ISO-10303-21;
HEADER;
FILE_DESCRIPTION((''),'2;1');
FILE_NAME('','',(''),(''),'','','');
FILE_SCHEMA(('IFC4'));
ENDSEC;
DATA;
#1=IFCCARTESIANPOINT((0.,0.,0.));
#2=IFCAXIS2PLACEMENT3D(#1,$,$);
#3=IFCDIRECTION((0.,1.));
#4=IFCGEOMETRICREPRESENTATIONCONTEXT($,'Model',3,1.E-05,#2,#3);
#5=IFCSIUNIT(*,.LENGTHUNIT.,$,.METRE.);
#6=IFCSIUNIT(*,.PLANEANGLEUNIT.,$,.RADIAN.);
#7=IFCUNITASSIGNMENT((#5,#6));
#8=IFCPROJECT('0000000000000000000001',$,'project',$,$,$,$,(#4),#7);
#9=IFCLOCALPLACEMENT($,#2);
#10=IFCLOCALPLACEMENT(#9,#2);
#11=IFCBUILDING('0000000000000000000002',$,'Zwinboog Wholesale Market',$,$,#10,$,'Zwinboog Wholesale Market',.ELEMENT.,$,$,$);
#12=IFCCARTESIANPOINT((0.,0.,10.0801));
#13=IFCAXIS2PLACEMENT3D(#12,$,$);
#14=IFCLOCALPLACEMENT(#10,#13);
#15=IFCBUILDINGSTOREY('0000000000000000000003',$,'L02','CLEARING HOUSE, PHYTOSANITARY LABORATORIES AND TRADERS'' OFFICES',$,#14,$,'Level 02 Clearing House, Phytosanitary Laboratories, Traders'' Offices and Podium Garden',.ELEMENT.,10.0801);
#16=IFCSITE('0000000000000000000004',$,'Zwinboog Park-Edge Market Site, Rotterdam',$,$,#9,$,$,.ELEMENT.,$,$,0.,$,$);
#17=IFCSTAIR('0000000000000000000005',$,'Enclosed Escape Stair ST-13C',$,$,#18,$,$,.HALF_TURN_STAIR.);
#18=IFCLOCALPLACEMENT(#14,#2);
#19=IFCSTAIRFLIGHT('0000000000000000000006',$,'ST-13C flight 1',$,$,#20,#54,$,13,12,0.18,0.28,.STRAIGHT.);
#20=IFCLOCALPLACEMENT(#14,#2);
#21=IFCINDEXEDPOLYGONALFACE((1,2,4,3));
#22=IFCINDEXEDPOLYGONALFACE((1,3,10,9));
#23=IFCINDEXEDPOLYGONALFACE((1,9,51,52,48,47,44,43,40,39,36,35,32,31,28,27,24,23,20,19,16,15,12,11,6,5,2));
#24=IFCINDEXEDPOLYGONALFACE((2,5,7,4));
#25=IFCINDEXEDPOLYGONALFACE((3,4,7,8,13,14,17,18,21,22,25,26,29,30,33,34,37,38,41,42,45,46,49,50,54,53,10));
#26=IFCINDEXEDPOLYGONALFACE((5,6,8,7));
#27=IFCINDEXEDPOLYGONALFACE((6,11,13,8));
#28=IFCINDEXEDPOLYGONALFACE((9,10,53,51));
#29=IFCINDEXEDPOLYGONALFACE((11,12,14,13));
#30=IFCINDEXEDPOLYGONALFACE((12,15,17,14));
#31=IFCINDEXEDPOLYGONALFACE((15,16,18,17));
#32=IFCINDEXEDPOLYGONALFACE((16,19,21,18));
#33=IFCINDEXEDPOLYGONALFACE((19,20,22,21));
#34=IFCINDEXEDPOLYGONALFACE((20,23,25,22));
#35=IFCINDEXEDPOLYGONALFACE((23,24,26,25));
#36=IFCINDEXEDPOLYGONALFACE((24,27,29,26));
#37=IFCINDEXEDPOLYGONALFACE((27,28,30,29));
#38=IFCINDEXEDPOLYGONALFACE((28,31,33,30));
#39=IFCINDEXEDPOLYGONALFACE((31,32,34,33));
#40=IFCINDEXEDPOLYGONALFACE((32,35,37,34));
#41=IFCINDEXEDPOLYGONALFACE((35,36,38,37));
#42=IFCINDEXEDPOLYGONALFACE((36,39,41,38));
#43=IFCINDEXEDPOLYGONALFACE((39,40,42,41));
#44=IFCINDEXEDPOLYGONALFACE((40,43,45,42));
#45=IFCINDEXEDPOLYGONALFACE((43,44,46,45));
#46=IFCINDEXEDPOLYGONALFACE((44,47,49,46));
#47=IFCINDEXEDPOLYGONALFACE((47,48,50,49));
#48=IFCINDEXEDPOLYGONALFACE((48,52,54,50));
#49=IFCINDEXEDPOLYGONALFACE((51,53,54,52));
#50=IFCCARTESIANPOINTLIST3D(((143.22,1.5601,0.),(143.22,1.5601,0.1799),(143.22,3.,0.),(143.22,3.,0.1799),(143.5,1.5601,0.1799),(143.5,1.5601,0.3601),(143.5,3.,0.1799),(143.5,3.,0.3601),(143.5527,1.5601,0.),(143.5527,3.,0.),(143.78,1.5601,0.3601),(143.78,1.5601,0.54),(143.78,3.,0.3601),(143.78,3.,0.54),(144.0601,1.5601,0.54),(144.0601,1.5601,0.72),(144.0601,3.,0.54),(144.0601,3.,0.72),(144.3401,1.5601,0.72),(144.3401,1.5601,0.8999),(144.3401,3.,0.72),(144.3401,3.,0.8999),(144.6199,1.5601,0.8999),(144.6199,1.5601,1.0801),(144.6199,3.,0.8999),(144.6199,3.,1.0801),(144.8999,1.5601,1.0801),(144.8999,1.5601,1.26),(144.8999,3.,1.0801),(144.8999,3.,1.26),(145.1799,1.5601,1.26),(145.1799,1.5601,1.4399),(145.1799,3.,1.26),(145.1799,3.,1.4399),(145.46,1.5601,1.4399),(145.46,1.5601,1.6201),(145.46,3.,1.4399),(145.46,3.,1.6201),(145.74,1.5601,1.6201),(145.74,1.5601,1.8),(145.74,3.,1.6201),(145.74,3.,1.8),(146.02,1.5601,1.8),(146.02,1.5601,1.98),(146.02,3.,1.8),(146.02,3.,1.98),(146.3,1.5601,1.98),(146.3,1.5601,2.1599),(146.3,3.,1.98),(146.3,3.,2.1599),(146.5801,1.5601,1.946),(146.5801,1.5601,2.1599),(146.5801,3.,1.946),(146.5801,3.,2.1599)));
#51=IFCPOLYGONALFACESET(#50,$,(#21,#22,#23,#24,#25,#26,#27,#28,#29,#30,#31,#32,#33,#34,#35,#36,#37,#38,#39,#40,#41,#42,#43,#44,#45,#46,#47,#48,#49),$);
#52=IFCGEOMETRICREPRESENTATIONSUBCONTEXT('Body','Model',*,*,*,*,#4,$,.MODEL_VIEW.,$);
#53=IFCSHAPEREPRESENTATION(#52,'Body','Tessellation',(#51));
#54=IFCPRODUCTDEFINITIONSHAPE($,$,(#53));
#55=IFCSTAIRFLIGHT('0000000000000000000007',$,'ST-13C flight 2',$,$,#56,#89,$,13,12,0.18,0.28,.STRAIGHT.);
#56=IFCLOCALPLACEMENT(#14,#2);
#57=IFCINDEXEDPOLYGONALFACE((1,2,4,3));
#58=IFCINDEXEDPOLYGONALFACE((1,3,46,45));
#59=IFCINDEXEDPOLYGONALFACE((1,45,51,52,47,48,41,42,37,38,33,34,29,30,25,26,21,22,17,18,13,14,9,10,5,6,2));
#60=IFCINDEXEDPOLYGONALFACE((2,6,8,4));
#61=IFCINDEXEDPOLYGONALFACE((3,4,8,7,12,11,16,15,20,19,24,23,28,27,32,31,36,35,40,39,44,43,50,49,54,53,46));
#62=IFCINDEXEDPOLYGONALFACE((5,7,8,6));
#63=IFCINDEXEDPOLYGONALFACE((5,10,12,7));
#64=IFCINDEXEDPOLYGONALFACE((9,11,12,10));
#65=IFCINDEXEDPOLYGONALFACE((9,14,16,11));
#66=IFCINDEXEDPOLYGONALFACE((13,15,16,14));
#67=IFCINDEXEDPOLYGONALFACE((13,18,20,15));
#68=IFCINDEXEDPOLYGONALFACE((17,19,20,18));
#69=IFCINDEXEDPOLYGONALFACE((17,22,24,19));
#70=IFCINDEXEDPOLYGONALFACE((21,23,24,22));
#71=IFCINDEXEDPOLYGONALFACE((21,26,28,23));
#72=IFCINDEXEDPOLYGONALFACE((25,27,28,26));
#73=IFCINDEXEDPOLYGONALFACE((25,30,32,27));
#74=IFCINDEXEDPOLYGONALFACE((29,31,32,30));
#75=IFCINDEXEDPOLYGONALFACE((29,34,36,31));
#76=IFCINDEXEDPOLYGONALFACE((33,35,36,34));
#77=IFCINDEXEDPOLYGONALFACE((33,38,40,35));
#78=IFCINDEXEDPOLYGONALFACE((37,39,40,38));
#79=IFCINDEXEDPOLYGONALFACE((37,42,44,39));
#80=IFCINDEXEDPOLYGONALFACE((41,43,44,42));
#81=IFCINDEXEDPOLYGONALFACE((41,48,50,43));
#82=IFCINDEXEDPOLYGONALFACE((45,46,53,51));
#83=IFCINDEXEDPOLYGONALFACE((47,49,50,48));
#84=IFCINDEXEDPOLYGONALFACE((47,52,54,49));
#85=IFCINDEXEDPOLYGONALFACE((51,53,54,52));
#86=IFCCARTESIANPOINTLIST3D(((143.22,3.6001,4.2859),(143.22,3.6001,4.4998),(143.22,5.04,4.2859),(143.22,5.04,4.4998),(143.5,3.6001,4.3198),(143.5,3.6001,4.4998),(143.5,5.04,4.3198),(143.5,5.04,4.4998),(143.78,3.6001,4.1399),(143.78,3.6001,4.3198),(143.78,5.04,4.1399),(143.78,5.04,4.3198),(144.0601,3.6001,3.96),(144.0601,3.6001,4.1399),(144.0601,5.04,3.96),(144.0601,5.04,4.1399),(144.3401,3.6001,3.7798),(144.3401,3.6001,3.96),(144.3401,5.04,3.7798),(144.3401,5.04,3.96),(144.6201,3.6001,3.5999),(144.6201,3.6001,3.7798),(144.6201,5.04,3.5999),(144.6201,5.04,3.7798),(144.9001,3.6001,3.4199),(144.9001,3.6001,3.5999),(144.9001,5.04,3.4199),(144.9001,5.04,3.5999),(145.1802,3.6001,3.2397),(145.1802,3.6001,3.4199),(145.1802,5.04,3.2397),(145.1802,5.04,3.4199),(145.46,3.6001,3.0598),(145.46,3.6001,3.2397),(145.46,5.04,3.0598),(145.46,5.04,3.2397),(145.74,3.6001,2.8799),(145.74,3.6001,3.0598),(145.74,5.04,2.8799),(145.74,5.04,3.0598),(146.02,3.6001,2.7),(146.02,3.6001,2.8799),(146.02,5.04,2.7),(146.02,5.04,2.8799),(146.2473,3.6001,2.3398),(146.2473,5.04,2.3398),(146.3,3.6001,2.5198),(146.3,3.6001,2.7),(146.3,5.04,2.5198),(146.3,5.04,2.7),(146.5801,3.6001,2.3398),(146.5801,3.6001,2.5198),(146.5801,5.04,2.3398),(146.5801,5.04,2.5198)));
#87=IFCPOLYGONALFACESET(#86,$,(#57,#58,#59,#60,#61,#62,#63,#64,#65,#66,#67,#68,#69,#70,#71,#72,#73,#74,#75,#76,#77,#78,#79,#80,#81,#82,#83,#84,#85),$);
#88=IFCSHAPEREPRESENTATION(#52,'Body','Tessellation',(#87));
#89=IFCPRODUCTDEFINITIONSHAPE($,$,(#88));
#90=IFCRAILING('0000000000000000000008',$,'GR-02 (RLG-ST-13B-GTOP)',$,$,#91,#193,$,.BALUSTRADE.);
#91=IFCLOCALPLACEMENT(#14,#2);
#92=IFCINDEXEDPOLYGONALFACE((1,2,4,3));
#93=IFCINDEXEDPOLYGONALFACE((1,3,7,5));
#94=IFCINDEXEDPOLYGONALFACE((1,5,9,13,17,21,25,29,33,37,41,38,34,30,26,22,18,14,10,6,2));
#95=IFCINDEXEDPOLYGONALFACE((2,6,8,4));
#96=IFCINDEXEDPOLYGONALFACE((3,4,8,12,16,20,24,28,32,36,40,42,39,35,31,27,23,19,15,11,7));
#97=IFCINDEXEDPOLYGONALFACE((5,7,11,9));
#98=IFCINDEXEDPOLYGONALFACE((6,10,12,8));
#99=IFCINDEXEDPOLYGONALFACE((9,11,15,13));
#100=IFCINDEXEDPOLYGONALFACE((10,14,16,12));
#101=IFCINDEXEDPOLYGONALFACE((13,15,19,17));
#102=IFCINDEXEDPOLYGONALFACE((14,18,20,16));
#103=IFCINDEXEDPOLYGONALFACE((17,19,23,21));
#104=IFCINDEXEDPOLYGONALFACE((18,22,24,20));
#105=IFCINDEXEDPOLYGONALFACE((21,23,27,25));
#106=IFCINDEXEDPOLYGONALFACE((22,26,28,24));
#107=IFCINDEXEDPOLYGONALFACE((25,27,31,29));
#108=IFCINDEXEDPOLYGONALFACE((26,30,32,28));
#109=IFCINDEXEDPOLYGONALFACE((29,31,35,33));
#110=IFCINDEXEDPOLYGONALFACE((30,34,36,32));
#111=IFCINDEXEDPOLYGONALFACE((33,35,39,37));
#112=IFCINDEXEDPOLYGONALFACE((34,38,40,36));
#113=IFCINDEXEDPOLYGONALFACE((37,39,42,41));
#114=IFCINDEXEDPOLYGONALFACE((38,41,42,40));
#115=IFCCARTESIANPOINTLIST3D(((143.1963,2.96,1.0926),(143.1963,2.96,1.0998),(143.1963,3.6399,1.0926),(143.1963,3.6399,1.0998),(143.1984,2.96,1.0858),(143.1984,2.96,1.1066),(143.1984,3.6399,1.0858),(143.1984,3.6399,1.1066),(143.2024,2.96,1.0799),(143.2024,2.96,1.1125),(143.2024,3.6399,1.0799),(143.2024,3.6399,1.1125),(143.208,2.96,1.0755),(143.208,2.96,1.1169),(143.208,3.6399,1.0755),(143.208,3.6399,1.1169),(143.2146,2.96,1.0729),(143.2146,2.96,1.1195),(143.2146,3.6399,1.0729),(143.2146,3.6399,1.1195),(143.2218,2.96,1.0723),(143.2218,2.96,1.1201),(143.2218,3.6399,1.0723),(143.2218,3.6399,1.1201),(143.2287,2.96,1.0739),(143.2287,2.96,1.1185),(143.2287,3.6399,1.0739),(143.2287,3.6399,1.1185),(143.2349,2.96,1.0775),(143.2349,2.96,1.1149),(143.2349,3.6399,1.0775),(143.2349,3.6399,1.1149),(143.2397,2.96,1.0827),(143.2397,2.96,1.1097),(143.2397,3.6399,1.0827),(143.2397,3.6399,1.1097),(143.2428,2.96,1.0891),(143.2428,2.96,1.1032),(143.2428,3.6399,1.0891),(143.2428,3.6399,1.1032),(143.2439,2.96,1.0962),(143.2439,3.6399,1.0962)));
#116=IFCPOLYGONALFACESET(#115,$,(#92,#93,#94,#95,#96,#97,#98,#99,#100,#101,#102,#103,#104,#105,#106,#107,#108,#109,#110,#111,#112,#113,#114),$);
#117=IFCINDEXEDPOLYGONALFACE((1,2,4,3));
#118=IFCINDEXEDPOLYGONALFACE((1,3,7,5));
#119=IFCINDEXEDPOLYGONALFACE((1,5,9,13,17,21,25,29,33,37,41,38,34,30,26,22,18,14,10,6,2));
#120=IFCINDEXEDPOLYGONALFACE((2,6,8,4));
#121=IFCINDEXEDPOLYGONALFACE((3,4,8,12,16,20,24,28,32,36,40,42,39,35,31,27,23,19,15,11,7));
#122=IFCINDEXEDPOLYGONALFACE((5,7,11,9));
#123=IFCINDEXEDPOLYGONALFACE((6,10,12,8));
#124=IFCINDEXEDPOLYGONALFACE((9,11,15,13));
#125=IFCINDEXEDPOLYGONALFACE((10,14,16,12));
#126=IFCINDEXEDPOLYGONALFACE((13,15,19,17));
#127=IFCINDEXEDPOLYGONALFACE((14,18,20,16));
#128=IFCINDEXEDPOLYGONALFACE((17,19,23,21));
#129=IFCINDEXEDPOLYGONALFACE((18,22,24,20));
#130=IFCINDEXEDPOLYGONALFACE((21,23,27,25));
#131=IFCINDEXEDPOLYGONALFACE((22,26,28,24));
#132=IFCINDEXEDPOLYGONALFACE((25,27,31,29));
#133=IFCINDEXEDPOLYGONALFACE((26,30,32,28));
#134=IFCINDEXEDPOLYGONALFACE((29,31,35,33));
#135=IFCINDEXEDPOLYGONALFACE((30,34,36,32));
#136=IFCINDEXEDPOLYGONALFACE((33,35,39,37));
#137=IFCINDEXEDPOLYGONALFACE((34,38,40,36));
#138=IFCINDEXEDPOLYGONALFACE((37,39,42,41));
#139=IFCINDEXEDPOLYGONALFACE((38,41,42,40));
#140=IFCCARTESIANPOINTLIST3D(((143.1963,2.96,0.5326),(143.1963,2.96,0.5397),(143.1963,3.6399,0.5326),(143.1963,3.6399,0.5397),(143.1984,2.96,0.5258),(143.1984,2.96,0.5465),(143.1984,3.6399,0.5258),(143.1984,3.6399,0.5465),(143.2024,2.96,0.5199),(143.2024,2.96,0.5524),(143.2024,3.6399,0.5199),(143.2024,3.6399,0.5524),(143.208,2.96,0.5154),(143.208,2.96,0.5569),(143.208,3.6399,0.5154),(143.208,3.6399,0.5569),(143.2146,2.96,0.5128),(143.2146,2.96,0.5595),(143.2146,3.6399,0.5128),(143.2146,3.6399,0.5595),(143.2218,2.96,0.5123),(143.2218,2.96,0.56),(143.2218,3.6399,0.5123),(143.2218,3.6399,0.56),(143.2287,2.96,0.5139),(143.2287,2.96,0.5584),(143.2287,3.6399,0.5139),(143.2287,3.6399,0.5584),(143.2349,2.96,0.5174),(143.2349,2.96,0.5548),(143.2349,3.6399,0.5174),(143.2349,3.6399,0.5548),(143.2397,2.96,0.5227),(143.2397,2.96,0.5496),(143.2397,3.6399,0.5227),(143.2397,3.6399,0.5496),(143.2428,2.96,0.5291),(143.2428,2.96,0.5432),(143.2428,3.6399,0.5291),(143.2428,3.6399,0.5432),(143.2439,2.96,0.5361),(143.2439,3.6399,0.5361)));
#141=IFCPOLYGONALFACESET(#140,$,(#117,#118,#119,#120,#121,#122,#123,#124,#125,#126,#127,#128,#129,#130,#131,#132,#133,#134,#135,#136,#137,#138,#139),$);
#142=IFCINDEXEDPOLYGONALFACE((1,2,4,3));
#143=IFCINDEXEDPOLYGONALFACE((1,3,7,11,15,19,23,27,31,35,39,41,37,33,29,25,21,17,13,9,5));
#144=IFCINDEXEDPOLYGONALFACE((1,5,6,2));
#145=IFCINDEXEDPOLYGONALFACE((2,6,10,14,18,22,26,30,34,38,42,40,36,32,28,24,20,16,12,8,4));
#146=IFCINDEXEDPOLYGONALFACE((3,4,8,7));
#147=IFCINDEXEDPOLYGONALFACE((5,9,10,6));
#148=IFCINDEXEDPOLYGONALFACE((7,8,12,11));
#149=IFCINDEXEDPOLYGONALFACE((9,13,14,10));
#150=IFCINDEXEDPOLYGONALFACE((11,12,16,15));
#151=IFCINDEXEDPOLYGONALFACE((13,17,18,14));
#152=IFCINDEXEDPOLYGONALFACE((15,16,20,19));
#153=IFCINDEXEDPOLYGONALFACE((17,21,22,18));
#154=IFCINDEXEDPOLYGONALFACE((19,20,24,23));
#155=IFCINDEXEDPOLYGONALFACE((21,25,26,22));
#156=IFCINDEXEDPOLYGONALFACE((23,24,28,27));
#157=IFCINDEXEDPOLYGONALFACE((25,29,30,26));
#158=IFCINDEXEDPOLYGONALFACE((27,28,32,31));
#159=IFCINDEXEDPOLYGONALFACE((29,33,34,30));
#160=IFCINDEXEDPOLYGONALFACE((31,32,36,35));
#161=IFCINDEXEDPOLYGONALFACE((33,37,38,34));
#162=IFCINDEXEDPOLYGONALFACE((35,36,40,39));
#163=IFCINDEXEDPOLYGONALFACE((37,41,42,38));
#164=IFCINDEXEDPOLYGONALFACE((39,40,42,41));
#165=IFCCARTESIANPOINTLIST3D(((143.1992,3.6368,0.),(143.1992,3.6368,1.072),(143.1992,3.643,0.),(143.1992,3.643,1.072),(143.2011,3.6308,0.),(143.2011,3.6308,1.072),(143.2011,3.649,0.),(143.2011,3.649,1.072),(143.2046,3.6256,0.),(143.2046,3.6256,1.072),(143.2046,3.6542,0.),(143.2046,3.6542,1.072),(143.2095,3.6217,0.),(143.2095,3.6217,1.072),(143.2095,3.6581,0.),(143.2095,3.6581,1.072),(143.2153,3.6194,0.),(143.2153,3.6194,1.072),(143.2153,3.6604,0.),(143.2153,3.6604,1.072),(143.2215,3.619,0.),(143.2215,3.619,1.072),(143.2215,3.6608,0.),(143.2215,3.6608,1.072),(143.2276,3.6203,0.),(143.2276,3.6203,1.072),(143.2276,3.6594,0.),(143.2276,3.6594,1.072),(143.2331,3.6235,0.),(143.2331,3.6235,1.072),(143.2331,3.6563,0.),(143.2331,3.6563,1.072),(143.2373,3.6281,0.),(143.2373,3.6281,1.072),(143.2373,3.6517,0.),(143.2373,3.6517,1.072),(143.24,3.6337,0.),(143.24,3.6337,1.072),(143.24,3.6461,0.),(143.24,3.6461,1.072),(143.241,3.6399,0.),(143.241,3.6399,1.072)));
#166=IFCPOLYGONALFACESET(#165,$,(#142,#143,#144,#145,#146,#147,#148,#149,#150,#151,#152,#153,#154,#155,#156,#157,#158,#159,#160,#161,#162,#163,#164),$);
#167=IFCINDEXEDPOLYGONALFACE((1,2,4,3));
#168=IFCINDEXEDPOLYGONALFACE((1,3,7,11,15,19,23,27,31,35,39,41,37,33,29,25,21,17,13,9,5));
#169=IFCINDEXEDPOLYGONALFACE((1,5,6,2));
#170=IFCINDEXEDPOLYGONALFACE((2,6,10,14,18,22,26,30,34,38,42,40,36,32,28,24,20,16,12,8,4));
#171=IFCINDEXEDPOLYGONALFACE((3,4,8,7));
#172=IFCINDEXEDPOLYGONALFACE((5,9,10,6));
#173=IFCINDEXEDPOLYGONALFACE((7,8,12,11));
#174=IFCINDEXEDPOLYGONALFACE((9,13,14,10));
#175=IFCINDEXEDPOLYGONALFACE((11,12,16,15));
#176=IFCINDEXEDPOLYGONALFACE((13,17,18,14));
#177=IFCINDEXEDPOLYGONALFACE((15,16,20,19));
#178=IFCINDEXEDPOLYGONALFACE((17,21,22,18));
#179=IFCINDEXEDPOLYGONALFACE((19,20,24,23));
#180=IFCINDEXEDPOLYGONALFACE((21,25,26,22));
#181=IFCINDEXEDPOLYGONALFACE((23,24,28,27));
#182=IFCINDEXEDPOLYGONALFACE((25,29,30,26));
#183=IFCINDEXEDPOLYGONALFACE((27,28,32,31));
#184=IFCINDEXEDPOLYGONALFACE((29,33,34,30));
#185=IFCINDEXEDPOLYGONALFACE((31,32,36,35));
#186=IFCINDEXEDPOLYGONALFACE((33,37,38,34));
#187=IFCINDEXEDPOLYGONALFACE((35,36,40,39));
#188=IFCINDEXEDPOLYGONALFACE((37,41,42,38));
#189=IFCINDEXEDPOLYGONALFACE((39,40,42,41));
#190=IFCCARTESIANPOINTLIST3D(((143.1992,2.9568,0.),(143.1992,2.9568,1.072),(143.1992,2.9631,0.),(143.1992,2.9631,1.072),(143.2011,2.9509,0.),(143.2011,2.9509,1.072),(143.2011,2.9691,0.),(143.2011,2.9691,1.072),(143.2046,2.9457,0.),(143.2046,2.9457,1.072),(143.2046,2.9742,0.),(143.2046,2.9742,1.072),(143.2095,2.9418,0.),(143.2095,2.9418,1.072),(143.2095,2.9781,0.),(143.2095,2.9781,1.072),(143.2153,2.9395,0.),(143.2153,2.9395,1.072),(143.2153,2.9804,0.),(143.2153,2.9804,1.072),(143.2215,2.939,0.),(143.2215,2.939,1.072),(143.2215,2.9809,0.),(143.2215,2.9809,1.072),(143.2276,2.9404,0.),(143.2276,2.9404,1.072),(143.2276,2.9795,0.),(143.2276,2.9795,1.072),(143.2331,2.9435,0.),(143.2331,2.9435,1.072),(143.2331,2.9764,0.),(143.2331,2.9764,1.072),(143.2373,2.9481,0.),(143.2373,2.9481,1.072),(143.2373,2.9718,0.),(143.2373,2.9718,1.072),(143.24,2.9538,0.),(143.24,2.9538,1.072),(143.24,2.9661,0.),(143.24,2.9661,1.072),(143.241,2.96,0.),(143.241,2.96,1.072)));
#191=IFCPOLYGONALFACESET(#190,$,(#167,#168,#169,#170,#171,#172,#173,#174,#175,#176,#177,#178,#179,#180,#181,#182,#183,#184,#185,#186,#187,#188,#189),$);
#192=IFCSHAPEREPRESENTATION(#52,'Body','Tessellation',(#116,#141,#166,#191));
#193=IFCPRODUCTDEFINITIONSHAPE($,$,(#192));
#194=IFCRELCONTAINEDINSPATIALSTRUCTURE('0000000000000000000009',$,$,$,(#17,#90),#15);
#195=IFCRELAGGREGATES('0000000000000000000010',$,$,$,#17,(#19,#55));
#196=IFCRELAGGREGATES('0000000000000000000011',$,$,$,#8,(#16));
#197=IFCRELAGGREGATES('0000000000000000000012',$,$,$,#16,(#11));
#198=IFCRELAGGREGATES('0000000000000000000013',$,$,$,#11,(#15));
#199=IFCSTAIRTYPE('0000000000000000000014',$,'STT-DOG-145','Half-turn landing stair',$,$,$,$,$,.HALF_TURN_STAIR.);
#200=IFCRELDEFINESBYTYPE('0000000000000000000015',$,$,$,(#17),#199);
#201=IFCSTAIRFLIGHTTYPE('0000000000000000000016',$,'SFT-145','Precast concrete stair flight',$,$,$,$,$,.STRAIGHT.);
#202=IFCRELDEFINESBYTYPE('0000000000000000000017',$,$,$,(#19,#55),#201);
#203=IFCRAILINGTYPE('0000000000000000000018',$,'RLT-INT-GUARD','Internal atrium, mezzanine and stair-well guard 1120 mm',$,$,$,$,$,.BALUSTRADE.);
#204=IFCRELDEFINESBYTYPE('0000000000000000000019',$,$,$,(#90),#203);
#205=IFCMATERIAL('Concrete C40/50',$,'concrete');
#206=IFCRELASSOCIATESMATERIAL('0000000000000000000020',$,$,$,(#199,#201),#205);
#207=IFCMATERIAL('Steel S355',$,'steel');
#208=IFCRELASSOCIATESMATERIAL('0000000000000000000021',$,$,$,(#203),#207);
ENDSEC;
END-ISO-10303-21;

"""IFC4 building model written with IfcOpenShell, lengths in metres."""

from ifc_helpers import new_model, si_unit, direction, frame, origin, origin_2d, place, context, subcontext, project, spatial, polyline, circle, outline, extrude, material, type_object, element, aggregate, save


model = new_model("IFC4")

# Units and contexts
model_context = context("Model", 3, precision=1e-05, world=origin(), true_north=direction((0.0, 1.0)))
body_context = subcontext(model_context, "Body", "Model", "MODEL_VIEW")
ifc_project = project(units=[si_unit("LENGTHUNIT", "METRE"), si_unit("PLANEANGLEUNIT", "RADIAN")], contexts=[model_context])

# Site, building, storey
site_placement = place(None, origin())
site = spatial("IfcSite", under=ifc_project, at=site_placement, Name="Zwinboog Park-Edge Market Site, Rotterdam", CompositionType="ELEMENT", RefElevation=0.0)
building_placement = place(site_placement, origin())
building = spatial("IfcBuilding", under=site, at=building_placement, Name="Zwinboog Wholesale Market", LongName="Zwinboog Wholesale Market", CompositionType="ELEMENT")
storey_placement = place(building_placement, frame((0.0, 0.0, 10.0801)))
storey = spatial("IfcBuildingStorey", under=building, at=storey_placement, Name="L02", Description="CLEARING HOUSE, PHYTOSANITARY LABORATORIES AND TRADERS' OFFICES", LongName="Level 02 Clearing House, Phytosanitary Laboratories, Traders' Offices and Podium Garden", CompositionType="ELEMENT", Elevation=10.0801)

# Shared definitions
ifc_material_1 = material(Name="Steel S355", Category="steel")

# Shared definitions
ifc_material_2 = material(Name="Concrete C40/50", Category="concrete")

# Stair, stair flights
stair_type = type_object("IfcStairType", Name="STT-DOG-145", Description="Half-turn landing stair", PredefinedType="HALF_TURN_STAIR", material=ifc_material_2)
stair_placement = place(storey_placement, origin())
stair = element("IfcStair", 1, at=stair_placement, inside=storey, type_object=stair_type, Name="Enclosed Escape Stair ST-13C", PredefinedType="HALF_TURN_STAIR")
stair_flight_type = type_object("IfcStairFlightType", Name="SFT-145", Description="Precast concrete stair flight", PredefinedType="STRAIGHT", material=ifc_material_2)
stair_flight_1_placement = place(storey_placement, frame((143.22, 2.28, 0.0), z_axis=(0.0, 0.0, 1.0), x_axis=(1.0, 0.0, 0.0)))
stair_flight_1 = element("IfcStairFlight", 2, at=stair_flight_1_placement, type_object=stair_flight_type, Name="ST-13C flight 1", NumberOfRisers=13, NumberOfTreads=12, PredefinedType="STRAIGHT", RiserHeight=0.18, TreadLength=0.28, context=body_context, shape_type="SweptSolid", body=[
    extrude(outline(polyline([(0.0, 0.0), (0.0, 0.1799), (0.28, 0.1799), (0.28, 0.3601), (0.5601, 0.3601), (0.5601, 0.54), (0.8401, 0.54), (0.8401, 0.72), (1.1201, 0.72), (1.1201, 0.8999), (1.3999, 0.8999), (1.3999, 1.0801), (1.6799, 1.0801), (1.6799, 1.26), (1.96, 1.26), (1.96, 1.4399), (2.24, 1.4399), (2.24, 1.6201), (2.52, 1.6201), (2.52, 1.8), (2.8, 1.8), (2.8, 1.98), (3.0801, 1.98), (3.0801, 2.1599), (3.3601, 2.1599), (3.3601, 2.3401), (3.3601, 1.946), (0.3328, 0.0), (0.0, 0.0)])), frame((0.0, 0.72, 0.0), z_axis=(0.0, -1.0, 0.0), x_axis=(1.0, 0.0, 0.0)), (0.0, 0.0, 1.0), 1.4399),
])
stair_flight_2_placement = place(storey_placement, frame((146.5801, 4.3201, 2.3398), z_axis=(0.0, 0.0, 1.0), x_axis=(-1.0, 0.0, 0.0)))
stair_flight_2 = element("IfcStairFlight", 3, at=stair_flight_2_placement, type_object=stair_flight_type, Name="ST-13C flight 2", NumberOfRisers=13, NumberOfTreads=12, PredefinedType="STRAIGHT", RiserHeight=0.18, TreadLength=0.28, context=body_context, shape_type="SweptSolid", body=[
    extrude(outline(polyline([(0.0, 0.0), (0.0, 0.1799), (0.28, 0.1799), (0.28, 0.3601), (0.5601, 0.3601), (0.5601, 0.54), (0.8401, 0.54), (0.8401, 0.72), (1.1201, 0.72), (1.1201, 0.8999), (1.3999, 0.8999), (1.3999, 1.0801), (1.6799, 1.0801), (1.6799, 1.26), (1.96, 1.26), (1.96, 1.4399), (2.24, 1.4399), (2.24, 1.6201), (2.52, 1.6201), (2.52, 1.8), (2.8, 1.8), (2.8, 1.98), (3.0801, 1.98), (3.0801, 2.1599), (3.3601, 2.1599), (3.3601, 2.3401), (3.3601, 1.946), (0.3328, 0.0), (0.0, 0.0)])), frame((0.0, 0.72, 0.0), z_axis=(0.0, -1.0, 0.0), x_axis=(1.0, 0.0, 0.0)), (0.0, 0.0, 1.0), 1.4399),
])
aggregate(stair, [stair_flight_1, stair_flight_2])

# Railing
railing_type_1 = type_object("IfcRailingType", Name="RLT-INT-GUARD", Description="Internal atrium, mezzanine and stair-well guard 1120 mm", PredefinedType="BALUSTRADE", material=ifc_material_1)
railing_1_placement = place(storey_placement, frame((143.22, 3.6399, 0.0)))
element("IfcRailing", 4, at=railing_1_placement, inside=storey, type_object=railing_type_1, Name="GR-02 (RLG-ST-13B-GTOP)", PredefinedType="BALUSTRADE", context=body_context, shape_type="SweptSolid", body=[
    extrude(circle(Radius=0.0239, at=origin_2d()), frame((0.0, 0.0, 1.0962), z_axis=(0.0, -1.0, 0.0), x_axis=(1.0, 0.0, 0.0)), (0.0, 0.0, 1.0), 0.6799),
    extrude(circle(Radius=0.0239, at=origin_2d()), frame((0.0, 0.0, 0.5361), z_axis=(0.0, -1.0, 0.0), x_axis=(1.0, 0.0, 0.0)), (0.0, 0.0, 1.0), 0.6799),
    extrude(circle(Radius=0.021, at=origin_2d()), origin(), (0.0, 0.0, 1.0), 1.072),
    extrude(circle(Radius=0.021, at=origin_2d()), frame((0.0, -0.6799, 0.0)), (0.0, 0.0, 1.0), 1.072),
])

save(model, "model.ifc")
